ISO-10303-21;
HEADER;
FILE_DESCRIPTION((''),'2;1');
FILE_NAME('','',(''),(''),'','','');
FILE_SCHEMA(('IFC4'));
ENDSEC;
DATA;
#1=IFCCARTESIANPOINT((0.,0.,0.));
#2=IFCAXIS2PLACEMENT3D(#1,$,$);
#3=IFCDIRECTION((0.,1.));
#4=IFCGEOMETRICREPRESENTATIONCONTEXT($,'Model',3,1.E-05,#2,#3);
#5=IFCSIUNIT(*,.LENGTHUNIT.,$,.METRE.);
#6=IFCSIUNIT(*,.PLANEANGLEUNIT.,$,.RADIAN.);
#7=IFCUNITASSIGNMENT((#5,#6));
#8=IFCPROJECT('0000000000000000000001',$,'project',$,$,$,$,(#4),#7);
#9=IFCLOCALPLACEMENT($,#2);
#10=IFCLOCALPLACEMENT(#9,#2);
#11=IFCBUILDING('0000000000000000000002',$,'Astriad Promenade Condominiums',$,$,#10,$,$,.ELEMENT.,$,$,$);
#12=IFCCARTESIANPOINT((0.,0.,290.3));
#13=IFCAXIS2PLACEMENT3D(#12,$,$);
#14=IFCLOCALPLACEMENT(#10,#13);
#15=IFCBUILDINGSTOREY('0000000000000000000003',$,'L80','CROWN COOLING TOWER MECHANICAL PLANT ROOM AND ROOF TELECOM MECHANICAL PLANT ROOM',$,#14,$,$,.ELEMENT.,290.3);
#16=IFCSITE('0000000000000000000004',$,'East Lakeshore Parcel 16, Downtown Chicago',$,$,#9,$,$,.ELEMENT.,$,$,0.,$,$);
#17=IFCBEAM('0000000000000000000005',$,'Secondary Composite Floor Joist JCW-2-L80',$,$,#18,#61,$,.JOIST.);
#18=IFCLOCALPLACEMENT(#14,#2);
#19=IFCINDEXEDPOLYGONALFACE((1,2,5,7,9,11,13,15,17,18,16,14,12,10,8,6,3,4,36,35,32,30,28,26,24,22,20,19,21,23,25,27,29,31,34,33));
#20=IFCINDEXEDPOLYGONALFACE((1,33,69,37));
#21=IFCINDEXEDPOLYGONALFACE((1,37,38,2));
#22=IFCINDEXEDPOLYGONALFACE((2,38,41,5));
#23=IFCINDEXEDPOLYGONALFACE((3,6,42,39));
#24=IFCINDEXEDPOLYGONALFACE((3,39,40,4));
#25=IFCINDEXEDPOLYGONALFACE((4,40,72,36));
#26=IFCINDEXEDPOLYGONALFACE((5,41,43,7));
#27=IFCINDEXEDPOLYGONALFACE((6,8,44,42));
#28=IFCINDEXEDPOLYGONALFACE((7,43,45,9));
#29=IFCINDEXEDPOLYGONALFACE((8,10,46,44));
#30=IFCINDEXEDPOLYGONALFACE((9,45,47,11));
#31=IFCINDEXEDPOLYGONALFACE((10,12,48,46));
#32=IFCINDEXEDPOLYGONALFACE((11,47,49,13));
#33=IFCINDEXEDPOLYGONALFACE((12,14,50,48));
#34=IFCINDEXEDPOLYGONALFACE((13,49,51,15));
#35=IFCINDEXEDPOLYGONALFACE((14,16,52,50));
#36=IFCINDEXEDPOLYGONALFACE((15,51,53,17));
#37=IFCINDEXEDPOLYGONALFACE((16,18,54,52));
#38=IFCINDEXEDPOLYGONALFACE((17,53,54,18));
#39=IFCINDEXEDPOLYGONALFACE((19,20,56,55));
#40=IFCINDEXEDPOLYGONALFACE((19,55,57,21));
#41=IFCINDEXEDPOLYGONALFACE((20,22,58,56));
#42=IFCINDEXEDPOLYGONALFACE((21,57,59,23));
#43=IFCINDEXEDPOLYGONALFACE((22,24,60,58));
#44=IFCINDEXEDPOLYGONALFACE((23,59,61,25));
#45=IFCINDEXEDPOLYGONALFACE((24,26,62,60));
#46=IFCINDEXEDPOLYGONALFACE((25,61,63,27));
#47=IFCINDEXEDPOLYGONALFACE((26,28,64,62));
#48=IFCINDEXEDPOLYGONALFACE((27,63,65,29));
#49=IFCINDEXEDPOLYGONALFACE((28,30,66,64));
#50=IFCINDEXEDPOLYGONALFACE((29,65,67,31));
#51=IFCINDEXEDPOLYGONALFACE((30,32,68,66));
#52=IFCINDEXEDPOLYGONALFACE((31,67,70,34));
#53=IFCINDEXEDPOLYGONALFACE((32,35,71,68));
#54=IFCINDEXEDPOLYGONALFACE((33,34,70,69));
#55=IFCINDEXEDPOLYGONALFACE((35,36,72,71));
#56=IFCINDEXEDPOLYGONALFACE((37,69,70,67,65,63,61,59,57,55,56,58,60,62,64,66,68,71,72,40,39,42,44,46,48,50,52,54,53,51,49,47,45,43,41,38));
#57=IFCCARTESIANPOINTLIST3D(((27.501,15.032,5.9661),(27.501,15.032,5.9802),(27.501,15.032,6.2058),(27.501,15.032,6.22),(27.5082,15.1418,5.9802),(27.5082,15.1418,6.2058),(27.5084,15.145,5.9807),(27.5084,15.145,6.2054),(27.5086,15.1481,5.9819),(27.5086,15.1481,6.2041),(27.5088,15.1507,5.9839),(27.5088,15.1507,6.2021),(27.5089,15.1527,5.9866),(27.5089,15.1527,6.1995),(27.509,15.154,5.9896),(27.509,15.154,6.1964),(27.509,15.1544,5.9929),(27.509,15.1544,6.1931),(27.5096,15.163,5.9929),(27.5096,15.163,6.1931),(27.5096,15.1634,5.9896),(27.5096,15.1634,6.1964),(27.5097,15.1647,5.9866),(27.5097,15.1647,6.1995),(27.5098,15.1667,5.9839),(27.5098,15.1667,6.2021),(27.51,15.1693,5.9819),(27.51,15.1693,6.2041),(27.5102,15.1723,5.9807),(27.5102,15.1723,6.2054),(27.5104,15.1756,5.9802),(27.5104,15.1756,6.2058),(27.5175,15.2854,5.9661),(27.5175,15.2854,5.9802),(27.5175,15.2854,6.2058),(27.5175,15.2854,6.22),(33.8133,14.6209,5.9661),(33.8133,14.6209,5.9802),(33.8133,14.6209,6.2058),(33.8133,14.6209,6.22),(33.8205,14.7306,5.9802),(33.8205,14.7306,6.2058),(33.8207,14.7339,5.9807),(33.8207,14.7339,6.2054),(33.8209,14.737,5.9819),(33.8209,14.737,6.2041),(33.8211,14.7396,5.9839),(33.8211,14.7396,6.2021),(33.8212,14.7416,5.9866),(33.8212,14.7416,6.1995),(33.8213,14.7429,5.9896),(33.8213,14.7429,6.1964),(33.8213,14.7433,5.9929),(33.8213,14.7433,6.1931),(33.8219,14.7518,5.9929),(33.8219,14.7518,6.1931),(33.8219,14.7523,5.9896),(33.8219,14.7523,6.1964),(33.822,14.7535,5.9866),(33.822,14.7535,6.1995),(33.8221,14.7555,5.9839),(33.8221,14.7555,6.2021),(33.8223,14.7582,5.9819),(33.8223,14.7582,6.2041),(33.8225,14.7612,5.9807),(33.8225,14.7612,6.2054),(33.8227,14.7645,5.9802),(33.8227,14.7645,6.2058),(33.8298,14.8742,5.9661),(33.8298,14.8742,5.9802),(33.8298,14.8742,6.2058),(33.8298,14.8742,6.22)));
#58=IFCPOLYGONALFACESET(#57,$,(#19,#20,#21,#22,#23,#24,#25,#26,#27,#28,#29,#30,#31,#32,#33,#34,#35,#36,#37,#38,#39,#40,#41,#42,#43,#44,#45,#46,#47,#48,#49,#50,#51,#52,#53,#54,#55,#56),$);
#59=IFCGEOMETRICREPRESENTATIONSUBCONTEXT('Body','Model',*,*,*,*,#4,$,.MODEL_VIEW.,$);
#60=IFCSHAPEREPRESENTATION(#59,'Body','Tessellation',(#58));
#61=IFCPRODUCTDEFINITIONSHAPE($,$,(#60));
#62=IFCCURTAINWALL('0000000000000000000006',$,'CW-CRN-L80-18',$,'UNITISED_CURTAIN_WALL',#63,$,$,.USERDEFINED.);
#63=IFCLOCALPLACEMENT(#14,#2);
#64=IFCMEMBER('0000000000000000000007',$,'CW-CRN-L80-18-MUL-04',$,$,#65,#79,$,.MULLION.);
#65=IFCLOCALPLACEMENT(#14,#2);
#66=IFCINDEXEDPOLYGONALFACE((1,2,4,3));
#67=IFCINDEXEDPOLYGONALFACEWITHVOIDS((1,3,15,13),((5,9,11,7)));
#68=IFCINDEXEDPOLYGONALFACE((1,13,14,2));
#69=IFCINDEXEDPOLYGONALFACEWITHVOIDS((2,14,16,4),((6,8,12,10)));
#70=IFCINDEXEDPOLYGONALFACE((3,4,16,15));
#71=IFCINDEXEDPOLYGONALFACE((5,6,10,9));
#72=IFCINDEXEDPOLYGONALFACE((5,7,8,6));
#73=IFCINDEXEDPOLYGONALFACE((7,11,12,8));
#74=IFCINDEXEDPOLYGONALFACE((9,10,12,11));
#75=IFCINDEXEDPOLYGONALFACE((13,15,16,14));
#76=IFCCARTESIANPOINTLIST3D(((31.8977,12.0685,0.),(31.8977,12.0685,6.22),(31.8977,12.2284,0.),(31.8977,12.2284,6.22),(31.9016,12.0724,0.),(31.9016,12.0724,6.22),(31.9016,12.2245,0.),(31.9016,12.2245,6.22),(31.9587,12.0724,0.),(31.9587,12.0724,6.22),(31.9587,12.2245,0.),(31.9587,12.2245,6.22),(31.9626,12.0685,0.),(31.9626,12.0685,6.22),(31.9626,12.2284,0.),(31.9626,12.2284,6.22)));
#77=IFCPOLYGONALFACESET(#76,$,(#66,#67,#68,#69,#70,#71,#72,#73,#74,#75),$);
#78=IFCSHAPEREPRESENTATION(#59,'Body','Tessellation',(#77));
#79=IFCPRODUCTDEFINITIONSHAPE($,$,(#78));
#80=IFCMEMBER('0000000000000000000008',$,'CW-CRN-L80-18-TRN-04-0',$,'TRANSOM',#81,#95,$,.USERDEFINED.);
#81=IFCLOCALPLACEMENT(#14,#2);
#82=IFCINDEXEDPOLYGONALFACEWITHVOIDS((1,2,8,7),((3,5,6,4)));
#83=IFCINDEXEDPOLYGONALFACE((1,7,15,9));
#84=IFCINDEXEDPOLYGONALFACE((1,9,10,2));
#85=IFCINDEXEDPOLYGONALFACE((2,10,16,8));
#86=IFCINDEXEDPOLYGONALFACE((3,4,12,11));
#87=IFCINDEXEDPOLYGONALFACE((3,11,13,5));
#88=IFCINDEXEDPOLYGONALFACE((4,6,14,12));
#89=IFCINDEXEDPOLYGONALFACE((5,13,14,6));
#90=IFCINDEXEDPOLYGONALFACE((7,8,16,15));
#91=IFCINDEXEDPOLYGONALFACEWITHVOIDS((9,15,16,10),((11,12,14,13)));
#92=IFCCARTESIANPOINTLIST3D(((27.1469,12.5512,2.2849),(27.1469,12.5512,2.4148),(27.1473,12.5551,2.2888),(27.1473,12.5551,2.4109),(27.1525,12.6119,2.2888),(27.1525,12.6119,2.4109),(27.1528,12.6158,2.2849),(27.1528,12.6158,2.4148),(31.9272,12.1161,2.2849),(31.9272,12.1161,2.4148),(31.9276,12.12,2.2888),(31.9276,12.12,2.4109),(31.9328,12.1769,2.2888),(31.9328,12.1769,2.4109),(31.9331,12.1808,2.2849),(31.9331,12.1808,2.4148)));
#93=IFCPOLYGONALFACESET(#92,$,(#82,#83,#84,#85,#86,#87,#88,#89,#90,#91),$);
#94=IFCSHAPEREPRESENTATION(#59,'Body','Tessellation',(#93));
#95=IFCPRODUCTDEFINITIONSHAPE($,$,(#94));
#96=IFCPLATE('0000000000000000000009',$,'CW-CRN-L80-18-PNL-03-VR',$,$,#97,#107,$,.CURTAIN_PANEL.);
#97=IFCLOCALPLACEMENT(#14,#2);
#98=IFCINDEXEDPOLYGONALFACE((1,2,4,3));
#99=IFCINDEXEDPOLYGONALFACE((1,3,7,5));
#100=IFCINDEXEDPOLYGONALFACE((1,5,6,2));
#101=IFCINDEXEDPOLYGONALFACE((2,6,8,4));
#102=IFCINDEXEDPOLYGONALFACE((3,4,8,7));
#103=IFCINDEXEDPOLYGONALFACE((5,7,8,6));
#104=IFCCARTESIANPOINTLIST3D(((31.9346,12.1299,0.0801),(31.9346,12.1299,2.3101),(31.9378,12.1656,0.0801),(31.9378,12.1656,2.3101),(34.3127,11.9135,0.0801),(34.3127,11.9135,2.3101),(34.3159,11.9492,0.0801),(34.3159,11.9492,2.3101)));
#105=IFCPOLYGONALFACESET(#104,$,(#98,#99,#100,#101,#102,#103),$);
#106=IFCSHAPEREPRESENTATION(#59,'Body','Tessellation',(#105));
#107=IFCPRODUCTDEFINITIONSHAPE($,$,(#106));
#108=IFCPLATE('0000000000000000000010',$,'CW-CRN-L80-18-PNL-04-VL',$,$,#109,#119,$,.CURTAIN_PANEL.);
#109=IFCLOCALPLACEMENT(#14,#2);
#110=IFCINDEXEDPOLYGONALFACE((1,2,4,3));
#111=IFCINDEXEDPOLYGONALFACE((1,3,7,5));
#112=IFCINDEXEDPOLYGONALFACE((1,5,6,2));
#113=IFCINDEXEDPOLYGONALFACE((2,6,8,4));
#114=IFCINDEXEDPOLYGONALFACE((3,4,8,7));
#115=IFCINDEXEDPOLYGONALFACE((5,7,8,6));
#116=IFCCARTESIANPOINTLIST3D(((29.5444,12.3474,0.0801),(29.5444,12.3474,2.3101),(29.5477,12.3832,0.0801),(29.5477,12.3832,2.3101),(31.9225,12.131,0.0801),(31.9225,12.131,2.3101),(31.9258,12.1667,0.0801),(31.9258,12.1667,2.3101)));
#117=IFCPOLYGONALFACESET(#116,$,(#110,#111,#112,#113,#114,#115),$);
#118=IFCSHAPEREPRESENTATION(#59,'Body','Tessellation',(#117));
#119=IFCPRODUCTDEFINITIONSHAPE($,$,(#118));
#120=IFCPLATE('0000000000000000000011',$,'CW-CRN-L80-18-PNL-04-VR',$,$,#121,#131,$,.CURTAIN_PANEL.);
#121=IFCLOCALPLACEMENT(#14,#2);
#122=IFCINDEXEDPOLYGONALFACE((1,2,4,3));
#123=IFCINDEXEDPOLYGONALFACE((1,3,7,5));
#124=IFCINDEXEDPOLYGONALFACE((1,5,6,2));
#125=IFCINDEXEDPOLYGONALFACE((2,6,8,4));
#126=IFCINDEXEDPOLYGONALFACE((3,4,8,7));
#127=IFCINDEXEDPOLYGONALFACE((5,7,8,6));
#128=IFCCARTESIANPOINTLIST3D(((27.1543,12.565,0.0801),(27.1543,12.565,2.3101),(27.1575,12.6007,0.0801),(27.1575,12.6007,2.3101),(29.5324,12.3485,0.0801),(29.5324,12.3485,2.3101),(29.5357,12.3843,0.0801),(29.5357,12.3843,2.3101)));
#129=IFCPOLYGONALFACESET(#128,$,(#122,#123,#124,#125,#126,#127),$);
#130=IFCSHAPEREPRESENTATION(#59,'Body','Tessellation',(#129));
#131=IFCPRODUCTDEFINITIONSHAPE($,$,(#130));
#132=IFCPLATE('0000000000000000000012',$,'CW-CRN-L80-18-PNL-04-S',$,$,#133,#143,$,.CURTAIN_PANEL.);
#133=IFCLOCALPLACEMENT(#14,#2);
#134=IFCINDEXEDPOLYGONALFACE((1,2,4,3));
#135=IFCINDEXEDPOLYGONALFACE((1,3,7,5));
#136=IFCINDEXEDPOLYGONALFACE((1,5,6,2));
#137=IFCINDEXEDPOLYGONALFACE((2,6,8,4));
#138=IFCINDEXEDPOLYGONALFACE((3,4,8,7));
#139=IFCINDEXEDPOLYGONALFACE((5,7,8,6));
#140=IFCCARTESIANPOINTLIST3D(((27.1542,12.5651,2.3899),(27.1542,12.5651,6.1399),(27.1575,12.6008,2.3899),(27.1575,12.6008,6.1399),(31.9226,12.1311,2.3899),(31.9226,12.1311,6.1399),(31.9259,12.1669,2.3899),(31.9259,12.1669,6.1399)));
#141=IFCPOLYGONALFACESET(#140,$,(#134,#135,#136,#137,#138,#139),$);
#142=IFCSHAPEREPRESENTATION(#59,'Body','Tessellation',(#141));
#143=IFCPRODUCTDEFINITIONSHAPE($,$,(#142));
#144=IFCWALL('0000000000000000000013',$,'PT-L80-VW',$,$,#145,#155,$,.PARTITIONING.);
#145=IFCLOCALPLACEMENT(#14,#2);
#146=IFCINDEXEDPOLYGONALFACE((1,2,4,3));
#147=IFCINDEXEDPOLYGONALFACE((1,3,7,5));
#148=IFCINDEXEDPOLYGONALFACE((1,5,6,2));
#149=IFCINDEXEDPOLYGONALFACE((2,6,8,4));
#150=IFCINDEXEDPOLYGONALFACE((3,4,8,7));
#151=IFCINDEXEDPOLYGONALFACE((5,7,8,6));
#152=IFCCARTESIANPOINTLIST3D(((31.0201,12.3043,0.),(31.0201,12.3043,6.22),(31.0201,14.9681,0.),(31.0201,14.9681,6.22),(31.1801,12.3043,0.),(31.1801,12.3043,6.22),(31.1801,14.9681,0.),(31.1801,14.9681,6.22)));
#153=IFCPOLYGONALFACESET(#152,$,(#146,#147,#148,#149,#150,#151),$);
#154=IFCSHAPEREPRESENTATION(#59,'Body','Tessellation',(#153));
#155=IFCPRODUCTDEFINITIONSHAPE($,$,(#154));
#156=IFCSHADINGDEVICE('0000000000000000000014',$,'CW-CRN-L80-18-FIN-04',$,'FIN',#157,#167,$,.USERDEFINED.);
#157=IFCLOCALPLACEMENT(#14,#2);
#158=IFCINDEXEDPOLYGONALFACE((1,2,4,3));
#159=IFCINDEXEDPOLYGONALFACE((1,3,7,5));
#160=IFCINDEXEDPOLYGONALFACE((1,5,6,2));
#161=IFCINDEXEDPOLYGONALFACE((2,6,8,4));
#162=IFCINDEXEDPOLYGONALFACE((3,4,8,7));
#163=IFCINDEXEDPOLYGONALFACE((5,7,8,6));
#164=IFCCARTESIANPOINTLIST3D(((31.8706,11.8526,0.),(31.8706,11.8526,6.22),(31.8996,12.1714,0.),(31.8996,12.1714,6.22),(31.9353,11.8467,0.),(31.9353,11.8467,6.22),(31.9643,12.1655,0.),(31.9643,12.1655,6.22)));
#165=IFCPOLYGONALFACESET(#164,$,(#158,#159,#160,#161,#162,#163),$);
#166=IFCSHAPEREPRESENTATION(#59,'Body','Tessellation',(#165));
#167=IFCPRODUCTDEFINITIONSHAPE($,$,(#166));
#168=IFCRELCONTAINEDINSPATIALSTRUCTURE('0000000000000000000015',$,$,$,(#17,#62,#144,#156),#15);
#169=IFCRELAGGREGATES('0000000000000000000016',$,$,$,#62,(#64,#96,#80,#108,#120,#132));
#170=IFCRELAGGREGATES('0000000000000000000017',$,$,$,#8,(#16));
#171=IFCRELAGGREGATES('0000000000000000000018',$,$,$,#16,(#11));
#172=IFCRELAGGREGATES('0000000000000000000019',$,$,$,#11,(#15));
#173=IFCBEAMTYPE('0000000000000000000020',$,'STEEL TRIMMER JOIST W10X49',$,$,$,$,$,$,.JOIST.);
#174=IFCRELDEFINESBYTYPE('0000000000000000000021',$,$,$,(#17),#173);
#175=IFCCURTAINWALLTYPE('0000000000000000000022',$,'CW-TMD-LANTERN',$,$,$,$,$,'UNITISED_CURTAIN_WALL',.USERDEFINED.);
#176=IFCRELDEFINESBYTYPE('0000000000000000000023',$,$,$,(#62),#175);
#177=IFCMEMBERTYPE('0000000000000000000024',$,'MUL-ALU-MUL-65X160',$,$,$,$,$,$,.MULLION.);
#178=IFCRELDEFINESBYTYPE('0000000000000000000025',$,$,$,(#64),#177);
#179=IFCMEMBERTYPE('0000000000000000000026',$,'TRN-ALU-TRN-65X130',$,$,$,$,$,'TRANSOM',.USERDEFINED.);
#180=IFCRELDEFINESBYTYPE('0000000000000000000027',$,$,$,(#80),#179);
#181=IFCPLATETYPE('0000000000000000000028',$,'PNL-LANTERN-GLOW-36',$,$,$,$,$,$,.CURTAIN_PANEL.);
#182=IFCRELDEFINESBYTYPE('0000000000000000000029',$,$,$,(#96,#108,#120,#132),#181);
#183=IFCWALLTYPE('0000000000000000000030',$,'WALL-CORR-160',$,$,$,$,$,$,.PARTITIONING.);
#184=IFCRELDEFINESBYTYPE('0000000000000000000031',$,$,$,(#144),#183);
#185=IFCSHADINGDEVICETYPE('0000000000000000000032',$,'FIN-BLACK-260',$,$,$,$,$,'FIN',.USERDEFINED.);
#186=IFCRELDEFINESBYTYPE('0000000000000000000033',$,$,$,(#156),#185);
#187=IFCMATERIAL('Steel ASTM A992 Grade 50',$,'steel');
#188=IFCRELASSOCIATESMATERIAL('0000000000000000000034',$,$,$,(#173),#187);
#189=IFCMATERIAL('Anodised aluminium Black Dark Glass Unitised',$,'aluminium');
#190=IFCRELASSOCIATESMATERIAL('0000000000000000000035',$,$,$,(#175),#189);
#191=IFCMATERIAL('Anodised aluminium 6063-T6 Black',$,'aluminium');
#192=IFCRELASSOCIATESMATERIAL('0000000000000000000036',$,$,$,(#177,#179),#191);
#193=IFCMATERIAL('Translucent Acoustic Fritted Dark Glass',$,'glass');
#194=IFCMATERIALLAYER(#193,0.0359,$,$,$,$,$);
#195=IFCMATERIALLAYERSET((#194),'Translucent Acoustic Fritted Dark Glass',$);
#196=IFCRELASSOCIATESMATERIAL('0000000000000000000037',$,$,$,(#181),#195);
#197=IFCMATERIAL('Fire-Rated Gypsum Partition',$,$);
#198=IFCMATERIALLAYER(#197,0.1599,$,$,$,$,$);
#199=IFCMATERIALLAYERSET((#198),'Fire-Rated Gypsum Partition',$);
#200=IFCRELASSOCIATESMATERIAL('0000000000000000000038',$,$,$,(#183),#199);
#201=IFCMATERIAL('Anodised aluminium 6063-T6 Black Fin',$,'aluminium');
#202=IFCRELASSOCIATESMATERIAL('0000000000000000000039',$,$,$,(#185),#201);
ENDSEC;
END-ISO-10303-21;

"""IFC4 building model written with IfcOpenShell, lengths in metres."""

from ifc_helpers import new_model, si_unit, direction, frame, frame_2d, origin, origin_2d, place, context, subcontext, project, spatial, rectangle, hollow_rectangle, i_section, extrude, source, transform, mapped, material, layer, layer_set, material_profile, profile_set, type_object, type_shapes, element, aggregate, save


model = new_model("IFC4")

# Units and contexts
model_context = context("Model", 3, precision=1e-05, world=origin(), true_north=direction((0.0, 1.0)))
body_context = subcontext(model_context, "Body", "Model", "MODEL_VIEW")
ifc_project = project(units=[si_unit("LENGTHUNIT", "METRE"), si_unit("PLANEANGLEUNIT", "RADIAN")], contexts=[model_context])

# Site, building, storey
site_placement = place(None, origin())
site = spatial("IfcSite", under=ifc_project, at=site_placement, Name="East Lakeshore Parcel 16, Downtown Chicago", CompositionType="ELEMENT", RefElevation=0.0)
building_placement = place(site_placement, origin())
building = spatial("IfcBuilding", under=site, at=building_placement, Name="Astriad Promenade Condominiums", CompositionType="ELEMENT")
storey_placement = place(building_placement, frame((0.0, 0.0, 290.3)))
storey = spatial("IfcBuildingStorey", under=building, at=storey_placement, Name="L80", Description="CROWN COOLING TOWER MECHANICAL PLANT ROOM AND ROOF TELECOM MECHANICAL PLANT ROOM", CompositionType="ELEMENT", Elevation=290.3)

# Shared definitions
ifc_material_1 = material(Name="Steel ASTM A992 Grade 50", Category="steel")

# Beam
ifc_material_profile_1 = material_profile(ifc_material_1, i_section(OverallWidth=0.2539, OverallDepth=0.2539, WebThickness=0.0085, FlangeThickness=0.0142, FilletRadius=0.0127, at=origin_2d()), Name="W10X49")
ifc_profile_set_1 = profile_set([ifc_material_profile_1], Name="Steel ASTM A992 Grade 50")
beam_type_1 = type_object("IfcBeamType", Name="STEEL TRIMMER JOIST W10X49", PredefinedType="JOIST", material=ifc_profile_set_1)
shared_shape_1 = source(origin(), body_context, "Body", "SweptSolid", [
    extrude(i_section(OverallWidth=0.2539, OverallDepth=0.2539, WebThickness=0.0085, FlangeThickness=0.0142, FilletRadius=0.0127, at=origin_2d()), origin(), (0.0, 0.0, 1.0), 6.3257),
])
type_shapes(beam_type_1, [shared_shape_1])
beam_1_placement = place(storey_placement, frame((27.5093, 15.1587, 6.093), z_axis=(0.997886, -0.064995, 0.0), x_axis=(0.064995, 0.997886, 0.0)))
element("IfcBeam", 1, at=beam_1_placement, inside=storey, type_object=beam_type_1, Name="Secondary Composite Floor Joist JCW-2-L80", PredefinedType="JOIST", context=body_context, shape_type="MappedRepresentation", body=[
    mapped(shared_shape_1, transform((0.0, 0.0, 0.0), scale=1.0)),
])

# Curtain wall, members, plates
ifc_material_2 = material(Name="Anodised aluminium Black Dark Glass Unitised", Category="aluminium")
curtain_wall_type = type_object("IfcCurtainWallType", Name="CW-TMD-LANTERN", ElementType="UNITISED_CURTAIN_WALL", PredefinedType="USERDEFINED", material=ifc_material_2)
curtain_wall_placement = place(storey_placement, origin())
curtain_wall = element("IfcCurtainWall", 2, at=curtain_wall_placement, inside=storey, type_object=curtain_wall_type, Name="CW-CRN-L80-18", ObjectType="UNITISED_CURTAIN_WALL", PredefinedType="USERDEFINED")
ifc_material_3 = material(Name="Anodised aluminium 6063-T6 Black", Category="aluminium")
ifc_material_profile_2 = material_profile(ifc_material_3, hollow_rectangle(XDim=0.0649, YDim=0.1599, WallThickness=0.0039, at=origin_2d()), Name="ALU-MUL-65X160")
ifc_profile_set_2 = profile_set([ifc_material_profile_2], Name="Anodised aluminium 6063-T6 Black")
member_type_1 = type_object("IfcMemberType", Name="MUL-ALU-MUL-65X160", PredefinedType="MULLION", material=ifc_profile_set_2)
shared_shape_2 = source(origin(), body_context, "Body", "SweptSolid", [
    extrude(hollow_rectangle(XDim=0.0649, YDim=0.1599, WallThickness=0.0039, at=origin_2d()), origin(), (0.0, 0.0, 1.0), 6.22),
])
type_shapes(member_type_1, [shared_shape_2])
member_1_placement = place(storey_placement, frame((31.9302, 12.1484, 0.0), z_axis=(0.0, 0.0, 1.0), x_axis=(1.0, 0.0, 0.0)))
member_1 = element("IfcMember", 3, at=member_1_placement, type_object=member_type_1, Name="CW-CRN-L80-18-MUL-04", PredefinedType="MULLION", context=body_context, shape_type="MappedRepresentation", body=[
    mapped(shared_shape_2, transform((0.0, 0.0, 0.0), scale=1.0)),
])
ifc_material_profile_3 = material_profile(ifc_material_3, hollow_rectangle(XDim=0.0649, YDim=0.1299, WallThickness=0.0039, at=origin_2d()), Name="ALU-TRN-65X130")
ifc_profile_set_3 = profile_set([ifc_material_profile_3], Name="Anodised aluminium 6063-T6 Black")
member_type_2 = type_object("IfcMemberType", Name="TRN-ALU-TRN-65X130", ElementType="TRANSOM", PredefinedType="USERDEFINED", material=ifc_profile_set_3)
shared_shape_3 = source(origin(), body_context, "Body", "SweptSolid", [
    extrude(hollow_rectangle(XDim=0.0649, YDim=0.1299, WallThickness=0.0039, at=origin_2d()), origin(), (0.0, 0.0, 1.0), 4.8),
])
type_shapes(member_type_2, [shared_shape_3])
member_2_placement = place(storey_placement, frame((31.9302, 12.1484, 2.3499), z_axis=(-0.995884, 0.090637, 0.0), x_axis=(-0.090637, -0.995884, 0.0)))
member_2 = element("IfcMember", 4, at=member_2_placement, type_object=member_type_2, Name="CW-CRN-L80-18-TRN-04-0", ObjectType="TRANSOM", PredefinedType="USERDEFINED", context=body_context, shape_type="MappedRepresentation", body=[
    mapped(shared_shape_3, transform((0.0, 0.0, 0.0), scale=1.0)),
])
ifc_material_4 = material(Name="Translucent Acoustic Fritted Dark Glass", Category="glass")
ifc_layer_1 = layer(ifc_material_4, 0.0359)
ifc_layer_set_1 = layer_set([ifc_layer_1], Name="Translucent Acoustic Fritted Dark Glass")
plate_type = type_object("IfcPlateType", Name="PNL-LANTERN-GLOW-36", PredefinedType="CURTAIN_PANEL", material=ifc_layer_set_1)
shared_shape_4 = source(origin(), body_context, "Body", "SweptSolid", [
    extrude(rectangle(XDim=2.3879, YDim=0.0359, at=origin_2d()), origin(), (0.0, 0.0, 1.0), 2.23),
])
plate_1_placement = place(storey_placement, frame((33.1252, 12.0396, 0.0801), z_axis=(0.0, 0.0, 1.0), x_axis=(-0.995884, 0.090633, 0.0)))
plate_1 = element("IfcPlate", 5, at=plate_1_placement, type_object=plate_type, Name="CW-CRN-L80-18-PNL-03-VR", PredefinedType="CURTAIN_PANEL", context=body_context, shape_type="MappedRepresentation", body=[
    mapped(shared_shape_4, transform((0.0, 0.0, 0.0), scale=1.0)),
])
plate_2_placement = place(storey_placement, frame((30.7351, 12.2571, 0.0801), z_axis=(0.0, 0.0, 1.0), x_axis=(-0.995884, 0.090633, 0.0)))
plate_2 = element("IfcPlate", 6, at=plate_2_placement, type_object=plate_type, Name="CW-CRN-L80-18-PNL-04-VL", PredefinedType="CURTAIN_PANEL", context=body_context, shape_type="MappedRepresentation", body=[
    mapped(shared_shape_4, transform((0.0, 0.0, 0.0), scale=1.0)),
])
plate_3_placement = place(storey_placement, frame((28.345, 12.4746, 0.0801), z_axis=(0.0, 0.0, 1.0), x_axis=(-0.995884, 0.090633, 0.0)))
plate_3 = element("IfcPlate", 7, at=plate_3_placement, type_object=plate_type, Name="CW-CRN-L80-18-PNL-04-VR", PredefinedType="CURTAIN_PANEL", context=body_context, shape_type="MappedRepresentation", body=[
    mapped(shared_shape_4, transform((0.0, 0.0, 0.0), scale=1.0)),
])
shared_shape_5 = source(origin(), body_context, "Body", "SweptSolid", [
    extrude(rectangle(XDim=4.7881, YDim=0.0359, at=origin_2d()), origin(), (0.0, 0.0, 1.0), 3.75),
])
type_shapes(plate_type, [shared_shape_4, shared_shape_5])
plate_4_placement = place(storey_placement, frame((29.54, 12.366, 2.3899), z_axis=(0.0, 0.0, 1.0), x_axis=(-0.995884, 0.090633, 0.0)))
plate_4 = element("IfcPlate", 8, at=plate_4_placement, type_object=plate_type, Name="CW-CRN-L80-18-PNL-04-S", PredefinedType="CURTAIN_PANEL", context=body_context, shape_type="MappedRepresentation", body=[
    mapped(shared_shape_5, transform((0.0, 0.0, 0.0), scale=1.0)),
])
aggregate(curtain_wall, [member_1, plate_1, member_2, plate_2, plate_3, plate_4])

# Wall
ifc_material_5 = material(Name="Fire-Rated Gypsum Partition")
ifc_layer_2 = layer(ifc_material_5, 0.1599)
ifc_layer_set_2 = layer_set([ifc_layer_2], Name="Fire-Rated Gypsum Partition")
wall_type = type_object("IfcWallType", Name="WALL-CORR-160", PredefinedType="PARTITIONING", material=ifc_layer_set_2)
wall_placement = place(storey_placement, frame((31.1001, 12.3042, 0.0), z_axis=(0.0, 0.0, 1.0), x_axis=(0.0, 1.0, 0.0)))
element("IfcWall", 9, at=wall_placement, inside=storey, type_object=wall_type, Name="PT-L80-VW", PredefinedType="PARTITIONING", context=body_context, shape_type="SweptSolid", body=[
    extrude(rectangle(XDim=2.6638, YDim=0.1599, at=frame_2d((1.332, 0.0))), origin(), (0.0, 0.0, 1.0), 6.22),
])

# Shading device
ifc_material_6 = material(Name="Anodised aluminium 6063-T6 Black Fin", Category="aluminium")
shading_device_type_1 = type_object("IfcShadingDeviceType", Name="FIN-BLACK-260", ElementType="FIN", PredefinedType="USERDEFINED", material=ifc_material_6)
shared_shape_6 = source(origin(), body_context, "Body", "SweptSolid", [
    extrude(rectangle(XDim=0.0649, YDim=0.3201, at=origin_2d()), origin(), (0.0, 0.0, 1.0), 6.22),
])
type_shapes(shading_device_type_1, [shared_shape_6])
shading_device_1_placement = place(storey_placement, frame((31.9175, 12.009, 0.0), z_axis=(0.0, 0.0, 1.0), x_axis=(-0.995884, 0.090633, 0.0)))
element("IfcShadingDevice", 10, at=shading_device_1_placement, inside=storey, type_object=shading_device_type_1, Name="CW-CRN-L80-18-FIN-04", ObjectType="FIN", PredefinedType="USERDEFINED", context=body_context, shape_type="MappedRepresentation", body=[
    mapped(shared_shape_6, transform((0.0, 0.0, 0.0), scale=1.0)),
])

save(model, "model.ifc")
